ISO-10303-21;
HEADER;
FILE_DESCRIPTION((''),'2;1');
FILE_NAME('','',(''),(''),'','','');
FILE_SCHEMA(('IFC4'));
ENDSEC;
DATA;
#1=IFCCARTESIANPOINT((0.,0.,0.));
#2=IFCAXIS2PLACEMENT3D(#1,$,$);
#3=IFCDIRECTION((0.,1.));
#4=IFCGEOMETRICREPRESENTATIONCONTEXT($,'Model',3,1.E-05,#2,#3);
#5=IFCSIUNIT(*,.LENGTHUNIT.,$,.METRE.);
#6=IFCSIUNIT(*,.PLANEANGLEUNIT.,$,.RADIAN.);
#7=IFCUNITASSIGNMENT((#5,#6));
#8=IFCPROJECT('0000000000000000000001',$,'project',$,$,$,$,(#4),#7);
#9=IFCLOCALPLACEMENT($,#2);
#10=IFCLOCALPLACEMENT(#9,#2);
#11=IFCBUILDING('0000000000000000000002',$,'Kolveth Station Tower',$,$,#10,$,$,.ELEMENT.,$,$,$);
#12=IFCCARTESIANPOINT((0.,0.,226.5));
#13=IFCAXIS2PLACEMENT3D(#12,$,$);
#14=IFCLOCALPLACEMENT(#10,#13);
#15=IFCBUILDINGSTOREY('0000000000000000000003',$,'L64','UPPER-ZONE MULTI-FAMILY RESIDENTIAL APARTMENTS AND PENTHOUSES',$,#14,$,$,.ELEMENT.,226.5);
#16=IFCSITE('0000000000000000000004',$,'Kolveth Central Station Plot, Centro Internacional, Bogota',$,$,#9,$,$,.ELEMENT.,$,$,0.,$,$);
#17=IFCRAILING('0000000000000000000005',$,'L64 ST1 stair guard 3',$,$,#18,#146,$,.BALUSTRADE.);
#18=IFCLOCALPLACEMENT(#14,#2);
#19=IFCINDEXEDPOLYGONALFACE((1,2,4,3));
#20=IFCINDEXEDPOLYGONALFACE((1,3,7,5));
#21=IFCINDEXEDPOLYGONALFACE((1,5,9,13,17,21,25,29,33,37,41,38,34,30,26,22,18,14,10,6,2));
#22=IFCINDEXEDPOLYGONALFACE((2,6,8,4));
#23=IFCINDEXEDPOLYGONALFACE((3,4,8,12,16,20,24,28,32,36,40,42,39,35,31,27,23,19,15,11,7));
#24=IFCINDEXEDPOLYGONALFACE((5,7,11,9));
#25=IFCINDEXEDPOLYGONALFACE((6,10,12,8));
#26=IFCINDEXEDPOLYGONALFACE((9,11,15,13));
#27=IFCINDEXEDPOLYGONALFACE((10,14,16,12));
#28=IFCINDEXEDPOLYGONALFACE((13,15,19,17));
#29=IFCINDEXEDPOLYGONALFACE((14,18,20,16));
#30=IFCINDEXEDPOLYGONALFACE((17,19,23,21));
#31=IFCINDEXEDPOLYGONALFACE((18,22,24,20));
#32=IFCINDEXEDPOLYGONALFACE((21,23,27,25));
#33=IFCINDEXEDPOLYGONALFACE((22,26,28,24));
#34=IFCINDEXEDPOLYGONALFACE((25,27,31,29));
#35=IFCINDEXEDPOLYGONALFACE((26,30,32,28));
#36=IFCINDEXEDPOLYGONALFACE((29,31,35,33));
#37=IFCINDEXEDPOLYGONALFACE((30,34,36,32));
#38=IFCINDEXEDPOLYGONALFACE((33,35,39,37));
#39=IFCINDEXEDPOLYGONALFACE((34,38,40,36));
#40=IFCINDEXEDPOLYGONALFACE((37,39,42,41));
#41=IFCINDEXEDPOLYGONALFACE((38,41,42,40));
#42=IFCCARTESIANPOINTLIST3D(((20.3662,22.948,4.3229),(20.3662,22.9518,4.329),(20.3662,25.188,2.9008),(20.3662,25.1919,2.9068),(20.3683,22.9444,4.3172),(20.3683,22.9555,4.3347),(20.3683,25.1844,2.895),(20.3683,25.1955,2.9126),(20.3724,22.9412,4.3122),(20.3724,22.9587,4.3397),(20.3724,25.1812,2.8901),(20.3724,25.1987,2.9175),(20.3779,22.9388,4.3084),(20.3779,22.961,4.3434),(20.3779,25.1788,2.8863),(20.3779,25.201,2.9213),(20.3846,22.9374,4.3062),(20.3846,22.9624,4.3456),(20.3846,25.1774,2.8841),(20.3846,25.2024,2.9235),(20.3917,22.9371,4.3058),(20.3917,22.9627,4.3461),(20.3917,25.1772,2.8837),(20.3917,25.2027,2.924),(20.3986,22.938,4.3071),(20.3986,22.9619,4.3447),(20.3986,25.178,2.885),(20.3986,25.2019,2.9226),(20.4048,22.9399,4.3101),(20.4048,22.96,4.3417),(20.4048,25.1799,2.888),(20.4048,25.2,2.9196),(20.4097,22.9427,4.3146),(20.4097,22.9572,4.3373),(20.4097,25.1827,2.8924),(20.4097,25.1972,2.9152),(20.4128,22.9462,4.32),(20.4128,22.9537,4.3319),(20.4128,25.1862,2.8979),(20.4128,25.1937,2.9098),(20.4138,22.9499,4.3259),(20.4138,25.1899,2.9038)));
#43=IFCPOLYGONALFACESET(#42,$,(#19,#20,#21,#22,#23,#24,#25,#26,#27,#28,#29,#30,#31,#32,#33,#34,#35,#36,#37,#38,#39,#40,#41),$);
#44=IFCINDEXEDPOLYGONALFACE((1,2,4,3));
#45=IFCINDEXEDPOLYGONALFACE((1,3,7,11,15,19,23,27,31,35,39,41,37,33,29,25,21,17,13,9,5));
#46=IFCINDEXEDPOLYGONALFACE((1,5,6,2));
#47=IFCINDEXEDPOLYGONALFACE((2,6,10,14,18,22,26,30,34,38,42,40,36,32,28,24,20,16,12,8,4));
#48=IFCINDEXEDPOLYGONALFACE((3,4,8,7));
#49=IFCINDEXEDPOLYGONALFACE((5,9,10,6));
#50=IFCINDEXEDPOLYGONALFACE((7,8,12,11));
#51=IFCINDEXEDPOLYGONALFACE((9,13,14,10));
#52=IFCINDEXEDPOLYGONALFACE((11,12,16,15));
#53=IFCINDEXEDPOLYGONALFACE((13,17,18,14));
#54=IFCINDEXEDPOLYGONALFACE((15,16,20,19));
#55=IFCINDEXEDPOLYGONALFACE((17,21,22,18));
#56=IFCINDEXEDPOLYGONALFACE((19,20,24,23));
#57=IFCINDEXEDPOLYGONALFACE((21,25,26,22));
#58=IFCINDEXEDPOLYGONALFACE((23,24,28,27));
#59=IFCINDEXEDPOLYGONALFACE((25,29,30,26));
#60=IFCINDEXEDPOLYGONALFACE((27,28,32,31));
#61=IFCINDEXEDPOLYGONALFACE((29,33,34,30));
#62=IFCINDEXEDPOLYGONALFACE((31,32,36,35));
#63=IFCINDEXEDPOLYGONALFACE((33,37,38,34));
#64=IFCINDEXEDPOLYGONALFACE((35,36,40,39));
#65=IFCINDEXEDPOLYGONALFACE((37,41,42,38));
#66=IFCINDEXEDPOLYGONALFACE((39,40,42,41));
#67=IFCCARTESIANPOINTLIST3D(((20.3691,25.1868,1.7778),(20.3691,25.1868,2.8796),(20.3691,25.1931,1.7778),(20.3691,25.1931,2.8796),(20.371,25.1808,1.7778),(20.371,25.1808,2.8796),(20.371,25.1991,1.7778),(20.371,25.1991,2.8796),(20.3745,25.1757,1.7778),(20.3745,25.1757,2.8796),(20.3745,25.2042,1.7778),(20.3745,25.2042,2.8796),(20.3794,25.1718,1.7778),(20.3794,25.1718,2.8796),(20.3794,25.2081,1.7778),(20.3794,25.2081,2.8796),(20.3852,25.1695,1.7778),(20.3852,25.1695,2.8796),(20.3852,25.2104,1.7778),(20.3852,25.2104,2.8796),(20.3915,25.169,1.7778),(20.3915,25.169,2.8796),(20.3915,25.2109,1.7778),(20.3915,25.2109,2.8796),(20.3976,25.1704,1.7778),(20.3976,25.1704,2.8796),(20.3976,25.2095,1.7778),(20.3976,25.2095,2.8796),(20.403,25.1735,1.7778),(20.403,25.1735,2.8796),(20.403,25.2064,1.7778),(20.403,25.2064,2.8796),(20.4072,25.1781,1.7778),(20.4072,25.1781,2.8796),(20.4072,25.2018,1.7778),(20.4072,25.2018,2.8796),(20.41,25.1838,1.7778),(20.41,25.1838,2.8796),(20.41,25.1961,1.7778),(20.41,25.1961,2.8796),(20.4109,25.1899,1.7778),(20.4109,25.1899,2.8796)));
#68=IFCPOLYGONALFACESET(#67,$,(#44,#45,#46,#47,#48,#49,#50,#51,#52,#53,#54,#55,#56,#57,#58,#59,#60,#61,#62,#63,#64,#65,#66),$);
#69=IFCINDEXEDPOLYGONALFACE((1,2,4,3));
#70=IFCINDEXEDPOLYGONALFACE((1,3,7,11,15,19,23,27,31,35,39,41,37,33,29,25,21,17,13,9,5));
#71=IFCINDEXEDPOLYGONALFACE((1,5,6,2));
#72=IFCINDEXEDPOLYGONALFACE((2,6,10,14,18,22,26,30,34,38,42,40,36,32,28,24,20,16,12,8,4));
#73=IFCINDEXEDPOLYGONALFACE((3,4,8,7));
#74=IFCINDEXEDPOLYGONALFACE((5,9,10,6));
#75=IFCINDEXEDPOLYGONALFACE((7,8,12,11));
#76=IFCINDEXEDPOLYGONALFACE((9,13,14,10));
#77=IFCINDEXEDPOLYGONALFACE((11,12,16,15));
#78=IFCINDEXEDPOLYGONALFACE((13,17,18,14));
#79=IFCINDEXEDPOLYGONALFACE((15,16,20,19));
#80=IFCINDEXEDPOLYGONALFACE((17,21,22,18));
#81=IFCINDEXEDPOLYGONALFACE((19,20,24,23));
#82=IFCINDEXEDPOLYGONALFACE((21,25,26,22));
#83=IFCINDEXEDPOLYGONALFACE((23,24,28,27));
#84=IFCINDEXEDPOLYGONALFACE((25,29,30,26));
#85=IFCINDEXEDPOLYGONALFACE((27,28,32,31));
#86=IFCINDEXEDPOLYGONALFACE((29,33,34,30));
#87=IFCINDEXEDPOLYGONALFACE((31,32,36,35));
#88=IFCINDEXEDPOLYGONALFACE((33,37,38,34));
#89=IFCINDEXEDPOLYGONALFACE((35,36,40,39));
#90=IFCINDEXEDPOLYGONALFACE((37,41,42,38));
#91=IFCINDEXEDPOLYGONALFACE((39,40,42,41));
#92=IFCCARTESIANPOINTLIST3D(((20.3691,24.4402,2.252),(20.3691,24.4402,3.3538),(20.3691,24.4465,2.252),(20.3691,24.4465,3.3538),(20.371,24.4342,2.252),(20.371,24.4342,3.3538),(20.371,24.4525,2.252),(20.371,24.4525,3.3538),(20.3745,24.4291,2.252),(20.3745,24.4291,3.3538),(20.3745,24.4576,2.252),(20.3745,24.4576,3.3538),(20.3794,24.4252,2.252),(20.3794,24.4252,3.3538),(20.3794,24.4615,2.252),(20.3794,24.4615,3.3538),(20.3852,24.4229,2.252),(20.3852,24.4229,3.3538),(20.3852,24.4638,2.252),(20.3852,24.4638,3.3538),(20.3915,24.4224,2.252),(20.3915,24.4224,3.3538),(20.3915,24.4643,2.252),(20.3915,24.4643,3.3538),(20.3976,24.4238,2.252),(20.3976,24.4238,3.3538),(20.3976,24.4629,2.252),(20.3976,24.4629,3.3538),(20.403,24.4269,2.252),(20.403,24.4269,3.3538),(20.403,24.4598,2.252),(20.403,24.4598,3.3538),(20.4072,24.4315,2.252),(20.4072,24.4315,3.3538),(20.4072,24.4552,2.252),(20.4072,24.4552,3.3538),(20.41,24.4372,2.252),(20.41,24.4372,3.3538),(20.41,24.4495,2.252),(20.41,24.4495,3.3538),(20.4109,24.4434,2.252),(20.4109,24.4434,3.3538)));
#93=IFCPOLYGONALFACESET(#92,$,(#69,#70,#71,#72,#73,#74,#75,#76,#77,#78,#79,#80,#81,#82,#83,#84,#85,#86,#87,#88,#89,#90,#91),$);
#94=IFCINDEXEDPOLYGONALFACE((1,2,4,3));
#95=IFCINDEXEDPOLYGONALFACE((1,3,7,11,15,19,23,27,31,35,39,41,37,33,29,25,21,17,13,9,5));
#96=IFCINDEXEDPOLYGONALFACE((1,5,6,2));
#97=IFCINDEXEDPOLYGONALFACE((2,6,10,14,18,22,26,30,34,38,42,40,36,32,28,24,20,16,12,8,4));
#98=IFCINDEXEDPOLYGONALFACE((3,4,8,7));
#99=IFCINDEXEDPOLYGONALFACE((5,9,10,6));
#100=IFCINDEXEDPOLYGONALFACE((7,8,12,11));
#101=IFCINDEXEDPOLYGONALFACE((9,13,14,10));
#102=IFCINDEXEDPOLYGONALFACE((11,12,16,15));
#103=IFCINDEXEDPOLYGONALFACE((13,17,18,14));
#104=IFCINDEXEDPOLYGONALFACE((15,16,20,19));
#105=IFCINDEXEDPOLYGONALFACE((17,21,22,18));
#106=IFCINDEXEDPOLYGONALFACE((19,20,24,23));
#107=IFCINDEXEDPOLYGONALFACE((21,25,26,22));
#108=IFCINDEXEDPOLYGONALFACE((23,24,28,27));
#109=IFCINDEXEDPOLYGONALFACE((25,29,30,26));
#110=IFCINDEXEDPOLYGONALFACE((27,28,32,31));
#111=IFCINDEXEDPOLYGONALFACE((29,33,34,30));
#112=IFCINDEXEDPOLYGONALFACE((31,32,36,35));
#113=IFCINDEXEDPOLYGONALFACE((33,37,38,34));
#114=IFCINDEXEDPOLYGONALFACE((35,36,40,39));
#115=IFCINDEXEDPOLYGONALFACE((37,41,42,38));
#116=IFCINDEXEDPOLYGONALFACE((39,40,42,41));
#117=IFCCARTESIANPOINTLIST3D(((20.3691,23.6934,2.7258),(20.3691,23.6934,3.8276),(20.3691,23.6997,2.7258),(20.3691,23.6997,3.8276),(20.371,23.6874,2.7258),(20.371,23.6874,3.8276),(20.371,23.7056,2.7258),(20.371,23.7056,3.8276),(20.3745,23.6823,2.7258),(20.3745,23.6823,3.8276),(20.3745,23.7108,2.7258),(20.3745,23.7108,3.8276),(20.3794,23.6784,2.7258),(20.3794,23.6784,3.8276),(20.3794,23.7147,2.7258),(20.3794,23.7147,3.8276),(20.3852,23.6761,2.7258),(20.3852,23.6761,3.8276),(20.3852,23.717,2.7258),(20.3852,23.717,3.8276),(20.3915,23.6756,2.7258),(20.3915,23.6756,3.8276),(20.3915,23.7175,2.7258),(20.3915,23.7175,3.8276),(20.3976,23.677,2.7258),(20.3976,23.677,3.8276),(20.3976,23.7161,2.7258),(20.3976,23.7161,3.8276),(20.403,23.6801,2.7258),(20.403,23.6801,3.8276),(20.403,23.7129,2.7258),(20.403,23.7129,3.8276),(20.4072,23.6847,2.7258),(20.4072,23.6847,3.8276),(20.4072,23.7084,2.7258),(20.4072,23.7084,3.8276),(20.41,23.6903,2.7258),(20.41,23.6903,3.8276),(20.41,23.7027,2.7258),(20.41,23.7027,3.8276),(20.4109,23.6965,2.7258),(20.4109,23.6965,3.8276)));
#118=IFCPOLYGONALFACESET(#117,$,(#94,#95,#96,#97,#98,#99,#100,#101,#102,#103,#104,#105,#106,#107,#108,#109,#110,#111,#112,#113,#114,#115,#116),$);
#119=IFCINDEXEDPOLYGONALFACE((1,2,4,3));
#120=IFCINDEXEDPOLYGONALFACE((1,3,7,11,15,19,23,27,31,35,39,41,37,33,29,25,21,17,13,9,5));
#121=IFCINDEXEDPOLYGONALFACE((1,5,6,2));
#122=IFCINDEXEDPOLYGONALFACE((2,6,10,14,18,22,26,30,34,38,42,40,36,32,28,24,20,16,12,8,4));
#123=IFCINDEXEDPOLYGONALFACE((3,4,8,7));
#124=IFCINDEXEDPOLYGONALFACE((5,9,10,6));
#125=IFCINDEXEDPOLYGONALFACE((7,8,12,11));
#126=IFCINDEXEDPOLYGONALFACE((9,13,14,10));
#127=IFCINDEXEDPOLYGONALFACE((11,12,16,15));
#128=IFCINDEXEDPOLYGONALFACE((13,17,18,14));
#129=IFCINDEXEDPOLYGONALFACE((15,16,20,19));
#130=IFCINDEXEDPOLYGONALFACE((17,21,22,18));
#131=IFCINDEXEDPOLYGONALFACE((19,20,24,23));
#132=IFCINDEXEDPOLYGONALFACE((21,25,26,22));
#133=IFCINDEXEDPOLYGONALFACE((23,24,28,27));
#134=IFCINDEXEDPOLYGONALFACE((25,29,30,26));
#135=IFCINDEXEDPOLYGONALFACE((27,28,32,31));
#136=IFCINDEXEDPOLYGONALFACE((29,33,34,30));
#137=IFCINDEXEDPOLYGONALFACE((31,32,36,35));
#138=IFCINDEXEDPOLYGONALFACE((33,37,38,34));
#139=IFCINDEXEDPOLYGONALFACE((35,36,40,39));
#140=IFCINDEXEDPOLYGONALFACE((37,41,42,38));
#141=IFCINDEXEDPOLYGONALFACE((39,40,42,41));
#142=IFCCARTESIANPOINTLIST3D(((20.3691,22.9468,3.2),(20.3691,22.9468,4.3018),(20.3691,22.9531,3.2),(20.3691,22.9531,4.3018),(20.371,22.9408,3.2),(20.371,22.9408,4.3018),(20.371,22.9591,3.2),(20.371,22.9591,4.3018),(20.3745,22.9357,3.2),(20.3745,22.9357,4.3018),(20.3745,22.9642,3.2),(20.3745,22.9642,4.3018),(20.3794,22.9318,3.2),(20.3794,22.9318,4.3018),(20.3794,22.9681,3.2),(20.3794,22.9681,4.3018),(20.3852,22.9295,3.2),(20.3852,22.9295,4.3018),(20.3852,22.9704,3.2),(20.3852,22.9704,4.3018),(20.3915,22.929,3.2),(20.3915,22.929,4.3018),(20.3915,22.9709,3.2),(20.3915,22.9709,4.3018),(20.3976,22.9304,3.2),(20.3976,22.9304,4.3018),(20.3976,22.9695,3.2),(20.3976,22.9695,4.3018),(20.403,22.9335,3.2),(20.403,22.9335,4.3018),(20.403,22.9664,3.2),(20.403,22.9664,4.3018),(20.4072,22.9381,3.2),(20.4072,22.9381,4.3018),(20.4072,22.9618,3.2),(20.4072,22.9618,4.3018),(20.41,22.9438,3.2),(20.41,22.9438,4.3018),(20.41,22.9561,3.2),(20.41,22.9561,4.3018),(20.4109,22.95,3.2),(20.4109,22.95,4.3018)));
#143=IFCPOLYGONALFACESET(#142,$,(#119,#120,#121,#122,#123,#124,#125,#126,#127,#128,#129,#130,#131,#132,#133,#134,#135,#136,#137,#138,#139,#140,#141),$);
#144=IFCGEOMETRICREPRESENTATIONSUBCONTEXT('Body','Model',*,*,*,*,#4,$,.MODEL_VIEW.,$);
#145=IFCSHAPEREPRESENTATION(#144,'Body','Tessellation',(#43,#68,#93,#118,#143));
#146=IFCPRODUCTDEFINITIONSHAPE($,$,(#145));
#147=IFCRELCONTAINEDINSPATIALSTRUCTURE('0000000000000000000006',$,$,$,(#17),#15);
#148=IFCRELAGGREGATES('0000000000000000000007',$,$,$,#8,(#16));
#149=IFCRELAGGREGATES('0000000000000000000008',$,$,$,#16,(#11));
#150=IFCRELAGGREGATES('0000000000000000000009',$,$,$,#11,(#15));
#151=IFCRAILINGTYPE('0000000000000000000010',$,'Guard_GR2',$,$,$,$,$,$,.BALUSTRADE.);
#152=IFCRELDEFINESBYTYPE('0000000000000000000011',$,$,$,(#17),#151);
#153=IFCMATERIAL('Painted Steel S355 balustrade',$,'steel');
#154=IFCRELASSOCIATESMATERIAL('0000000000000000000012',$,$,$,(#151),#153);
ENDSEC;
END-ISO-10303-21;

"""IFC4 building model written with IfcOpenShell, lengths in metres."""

from ifc_helpers import new_model, si_unit, direction, frame, origin, origin_2d, place, context, subcontext, project, spatial, circle, extrude, material, type_object, element, save


model = new_model("IFC4")

# Units and contexts
model_context = context("Model", 3, precision=1e-05, world=origin(), true_north=direction((0.0, 1.0)))
body_context = subcontext(model_context, "Body", "Model", "MODEL_VIEW")
ifc_project = project(units=[si_unit("LENGTHUNIT", "METRE"), si_unit("PLANEANGLEUNIT", "RADIAN")], contexts=[model_context])

# Site, building, storey
site_placement = place(None, origin())
site = spatial("IfcSite", under=ifc_project, at=site_placement, Name="Kolveth Central Station Plot, Centro Internacional, Bogota", CompositionType="ELEMENT", RefElevation=0.0)
building_placement = place(site_placement, origin())
building = spatial("IfcBuilding", under=site, at=building_placement, Name="Kolveth Station Tower", CompositionType="ELEMENT")
storey_placement = place(building_placement, frame((0.0, 0.0, 226.5)))
storey = spatial("IfcBuildingStorey", under=building, at=storey_placement, Name="L64", Description="UPPER-ZONE MULTI-FAMILY RESIDENTIAL APARTMENTS AND PENTHOUSES", CompositionType="ELEMENT", Elevation=226.5)

# Railing
ifc_material_1 = material(Name="Painted Steel S355 balustrade", Category="steel")
railing_type_1 = type_object("IfcRailingType", Name="Guard_GR2", PredefinedType="BALUSTRADE", material=ifc_material_1)
railing_1_placement = place(storey_placement, frame((20.3899, 25.1899, 1.7778)))
element("IfcRailing", 1, at=railing_1_placement, inside=storey, type_object=railing_type_1, Name="L64 ST1 stair guard 3", PredefinedType="BALUSTRADE", context=body_context, shape_type="SweptSolid", body=[
    extrude(circle(Radius=0.0239, at=origin_2d()), frame((0.0, 0.0, 1.126), z_axis=(0.0, -0.844229, 0.535982), x_axis=(1.0, 0.0, 0.0)), (0.0, 0.0, 1.0), 2.6533),
    extrude(circle(Radius=0.021, at=origin_2d()), origin(), (0.0, 0.0, 1.0), 1.1018),
    extrude(circle(Radius=0.021, at=origin_2d()), frame((0.0, -0.7466, 0.4741)), (0.0, 0.0, 1.0), 1.1018),
    extrude(circle(Radius=0.021, at=origin_2d()), frame((0.0, -1.4934, 0.948)), (0.0, 0.0, 1.0), 1.1018),
    extrude(circle(Radius=0.021, at=origin_2d()), frame((0.0, -2.24, 1.4221)), (0.0, 0.0, 1.0), 1.1018),
])

save(model, "model.ifc")
